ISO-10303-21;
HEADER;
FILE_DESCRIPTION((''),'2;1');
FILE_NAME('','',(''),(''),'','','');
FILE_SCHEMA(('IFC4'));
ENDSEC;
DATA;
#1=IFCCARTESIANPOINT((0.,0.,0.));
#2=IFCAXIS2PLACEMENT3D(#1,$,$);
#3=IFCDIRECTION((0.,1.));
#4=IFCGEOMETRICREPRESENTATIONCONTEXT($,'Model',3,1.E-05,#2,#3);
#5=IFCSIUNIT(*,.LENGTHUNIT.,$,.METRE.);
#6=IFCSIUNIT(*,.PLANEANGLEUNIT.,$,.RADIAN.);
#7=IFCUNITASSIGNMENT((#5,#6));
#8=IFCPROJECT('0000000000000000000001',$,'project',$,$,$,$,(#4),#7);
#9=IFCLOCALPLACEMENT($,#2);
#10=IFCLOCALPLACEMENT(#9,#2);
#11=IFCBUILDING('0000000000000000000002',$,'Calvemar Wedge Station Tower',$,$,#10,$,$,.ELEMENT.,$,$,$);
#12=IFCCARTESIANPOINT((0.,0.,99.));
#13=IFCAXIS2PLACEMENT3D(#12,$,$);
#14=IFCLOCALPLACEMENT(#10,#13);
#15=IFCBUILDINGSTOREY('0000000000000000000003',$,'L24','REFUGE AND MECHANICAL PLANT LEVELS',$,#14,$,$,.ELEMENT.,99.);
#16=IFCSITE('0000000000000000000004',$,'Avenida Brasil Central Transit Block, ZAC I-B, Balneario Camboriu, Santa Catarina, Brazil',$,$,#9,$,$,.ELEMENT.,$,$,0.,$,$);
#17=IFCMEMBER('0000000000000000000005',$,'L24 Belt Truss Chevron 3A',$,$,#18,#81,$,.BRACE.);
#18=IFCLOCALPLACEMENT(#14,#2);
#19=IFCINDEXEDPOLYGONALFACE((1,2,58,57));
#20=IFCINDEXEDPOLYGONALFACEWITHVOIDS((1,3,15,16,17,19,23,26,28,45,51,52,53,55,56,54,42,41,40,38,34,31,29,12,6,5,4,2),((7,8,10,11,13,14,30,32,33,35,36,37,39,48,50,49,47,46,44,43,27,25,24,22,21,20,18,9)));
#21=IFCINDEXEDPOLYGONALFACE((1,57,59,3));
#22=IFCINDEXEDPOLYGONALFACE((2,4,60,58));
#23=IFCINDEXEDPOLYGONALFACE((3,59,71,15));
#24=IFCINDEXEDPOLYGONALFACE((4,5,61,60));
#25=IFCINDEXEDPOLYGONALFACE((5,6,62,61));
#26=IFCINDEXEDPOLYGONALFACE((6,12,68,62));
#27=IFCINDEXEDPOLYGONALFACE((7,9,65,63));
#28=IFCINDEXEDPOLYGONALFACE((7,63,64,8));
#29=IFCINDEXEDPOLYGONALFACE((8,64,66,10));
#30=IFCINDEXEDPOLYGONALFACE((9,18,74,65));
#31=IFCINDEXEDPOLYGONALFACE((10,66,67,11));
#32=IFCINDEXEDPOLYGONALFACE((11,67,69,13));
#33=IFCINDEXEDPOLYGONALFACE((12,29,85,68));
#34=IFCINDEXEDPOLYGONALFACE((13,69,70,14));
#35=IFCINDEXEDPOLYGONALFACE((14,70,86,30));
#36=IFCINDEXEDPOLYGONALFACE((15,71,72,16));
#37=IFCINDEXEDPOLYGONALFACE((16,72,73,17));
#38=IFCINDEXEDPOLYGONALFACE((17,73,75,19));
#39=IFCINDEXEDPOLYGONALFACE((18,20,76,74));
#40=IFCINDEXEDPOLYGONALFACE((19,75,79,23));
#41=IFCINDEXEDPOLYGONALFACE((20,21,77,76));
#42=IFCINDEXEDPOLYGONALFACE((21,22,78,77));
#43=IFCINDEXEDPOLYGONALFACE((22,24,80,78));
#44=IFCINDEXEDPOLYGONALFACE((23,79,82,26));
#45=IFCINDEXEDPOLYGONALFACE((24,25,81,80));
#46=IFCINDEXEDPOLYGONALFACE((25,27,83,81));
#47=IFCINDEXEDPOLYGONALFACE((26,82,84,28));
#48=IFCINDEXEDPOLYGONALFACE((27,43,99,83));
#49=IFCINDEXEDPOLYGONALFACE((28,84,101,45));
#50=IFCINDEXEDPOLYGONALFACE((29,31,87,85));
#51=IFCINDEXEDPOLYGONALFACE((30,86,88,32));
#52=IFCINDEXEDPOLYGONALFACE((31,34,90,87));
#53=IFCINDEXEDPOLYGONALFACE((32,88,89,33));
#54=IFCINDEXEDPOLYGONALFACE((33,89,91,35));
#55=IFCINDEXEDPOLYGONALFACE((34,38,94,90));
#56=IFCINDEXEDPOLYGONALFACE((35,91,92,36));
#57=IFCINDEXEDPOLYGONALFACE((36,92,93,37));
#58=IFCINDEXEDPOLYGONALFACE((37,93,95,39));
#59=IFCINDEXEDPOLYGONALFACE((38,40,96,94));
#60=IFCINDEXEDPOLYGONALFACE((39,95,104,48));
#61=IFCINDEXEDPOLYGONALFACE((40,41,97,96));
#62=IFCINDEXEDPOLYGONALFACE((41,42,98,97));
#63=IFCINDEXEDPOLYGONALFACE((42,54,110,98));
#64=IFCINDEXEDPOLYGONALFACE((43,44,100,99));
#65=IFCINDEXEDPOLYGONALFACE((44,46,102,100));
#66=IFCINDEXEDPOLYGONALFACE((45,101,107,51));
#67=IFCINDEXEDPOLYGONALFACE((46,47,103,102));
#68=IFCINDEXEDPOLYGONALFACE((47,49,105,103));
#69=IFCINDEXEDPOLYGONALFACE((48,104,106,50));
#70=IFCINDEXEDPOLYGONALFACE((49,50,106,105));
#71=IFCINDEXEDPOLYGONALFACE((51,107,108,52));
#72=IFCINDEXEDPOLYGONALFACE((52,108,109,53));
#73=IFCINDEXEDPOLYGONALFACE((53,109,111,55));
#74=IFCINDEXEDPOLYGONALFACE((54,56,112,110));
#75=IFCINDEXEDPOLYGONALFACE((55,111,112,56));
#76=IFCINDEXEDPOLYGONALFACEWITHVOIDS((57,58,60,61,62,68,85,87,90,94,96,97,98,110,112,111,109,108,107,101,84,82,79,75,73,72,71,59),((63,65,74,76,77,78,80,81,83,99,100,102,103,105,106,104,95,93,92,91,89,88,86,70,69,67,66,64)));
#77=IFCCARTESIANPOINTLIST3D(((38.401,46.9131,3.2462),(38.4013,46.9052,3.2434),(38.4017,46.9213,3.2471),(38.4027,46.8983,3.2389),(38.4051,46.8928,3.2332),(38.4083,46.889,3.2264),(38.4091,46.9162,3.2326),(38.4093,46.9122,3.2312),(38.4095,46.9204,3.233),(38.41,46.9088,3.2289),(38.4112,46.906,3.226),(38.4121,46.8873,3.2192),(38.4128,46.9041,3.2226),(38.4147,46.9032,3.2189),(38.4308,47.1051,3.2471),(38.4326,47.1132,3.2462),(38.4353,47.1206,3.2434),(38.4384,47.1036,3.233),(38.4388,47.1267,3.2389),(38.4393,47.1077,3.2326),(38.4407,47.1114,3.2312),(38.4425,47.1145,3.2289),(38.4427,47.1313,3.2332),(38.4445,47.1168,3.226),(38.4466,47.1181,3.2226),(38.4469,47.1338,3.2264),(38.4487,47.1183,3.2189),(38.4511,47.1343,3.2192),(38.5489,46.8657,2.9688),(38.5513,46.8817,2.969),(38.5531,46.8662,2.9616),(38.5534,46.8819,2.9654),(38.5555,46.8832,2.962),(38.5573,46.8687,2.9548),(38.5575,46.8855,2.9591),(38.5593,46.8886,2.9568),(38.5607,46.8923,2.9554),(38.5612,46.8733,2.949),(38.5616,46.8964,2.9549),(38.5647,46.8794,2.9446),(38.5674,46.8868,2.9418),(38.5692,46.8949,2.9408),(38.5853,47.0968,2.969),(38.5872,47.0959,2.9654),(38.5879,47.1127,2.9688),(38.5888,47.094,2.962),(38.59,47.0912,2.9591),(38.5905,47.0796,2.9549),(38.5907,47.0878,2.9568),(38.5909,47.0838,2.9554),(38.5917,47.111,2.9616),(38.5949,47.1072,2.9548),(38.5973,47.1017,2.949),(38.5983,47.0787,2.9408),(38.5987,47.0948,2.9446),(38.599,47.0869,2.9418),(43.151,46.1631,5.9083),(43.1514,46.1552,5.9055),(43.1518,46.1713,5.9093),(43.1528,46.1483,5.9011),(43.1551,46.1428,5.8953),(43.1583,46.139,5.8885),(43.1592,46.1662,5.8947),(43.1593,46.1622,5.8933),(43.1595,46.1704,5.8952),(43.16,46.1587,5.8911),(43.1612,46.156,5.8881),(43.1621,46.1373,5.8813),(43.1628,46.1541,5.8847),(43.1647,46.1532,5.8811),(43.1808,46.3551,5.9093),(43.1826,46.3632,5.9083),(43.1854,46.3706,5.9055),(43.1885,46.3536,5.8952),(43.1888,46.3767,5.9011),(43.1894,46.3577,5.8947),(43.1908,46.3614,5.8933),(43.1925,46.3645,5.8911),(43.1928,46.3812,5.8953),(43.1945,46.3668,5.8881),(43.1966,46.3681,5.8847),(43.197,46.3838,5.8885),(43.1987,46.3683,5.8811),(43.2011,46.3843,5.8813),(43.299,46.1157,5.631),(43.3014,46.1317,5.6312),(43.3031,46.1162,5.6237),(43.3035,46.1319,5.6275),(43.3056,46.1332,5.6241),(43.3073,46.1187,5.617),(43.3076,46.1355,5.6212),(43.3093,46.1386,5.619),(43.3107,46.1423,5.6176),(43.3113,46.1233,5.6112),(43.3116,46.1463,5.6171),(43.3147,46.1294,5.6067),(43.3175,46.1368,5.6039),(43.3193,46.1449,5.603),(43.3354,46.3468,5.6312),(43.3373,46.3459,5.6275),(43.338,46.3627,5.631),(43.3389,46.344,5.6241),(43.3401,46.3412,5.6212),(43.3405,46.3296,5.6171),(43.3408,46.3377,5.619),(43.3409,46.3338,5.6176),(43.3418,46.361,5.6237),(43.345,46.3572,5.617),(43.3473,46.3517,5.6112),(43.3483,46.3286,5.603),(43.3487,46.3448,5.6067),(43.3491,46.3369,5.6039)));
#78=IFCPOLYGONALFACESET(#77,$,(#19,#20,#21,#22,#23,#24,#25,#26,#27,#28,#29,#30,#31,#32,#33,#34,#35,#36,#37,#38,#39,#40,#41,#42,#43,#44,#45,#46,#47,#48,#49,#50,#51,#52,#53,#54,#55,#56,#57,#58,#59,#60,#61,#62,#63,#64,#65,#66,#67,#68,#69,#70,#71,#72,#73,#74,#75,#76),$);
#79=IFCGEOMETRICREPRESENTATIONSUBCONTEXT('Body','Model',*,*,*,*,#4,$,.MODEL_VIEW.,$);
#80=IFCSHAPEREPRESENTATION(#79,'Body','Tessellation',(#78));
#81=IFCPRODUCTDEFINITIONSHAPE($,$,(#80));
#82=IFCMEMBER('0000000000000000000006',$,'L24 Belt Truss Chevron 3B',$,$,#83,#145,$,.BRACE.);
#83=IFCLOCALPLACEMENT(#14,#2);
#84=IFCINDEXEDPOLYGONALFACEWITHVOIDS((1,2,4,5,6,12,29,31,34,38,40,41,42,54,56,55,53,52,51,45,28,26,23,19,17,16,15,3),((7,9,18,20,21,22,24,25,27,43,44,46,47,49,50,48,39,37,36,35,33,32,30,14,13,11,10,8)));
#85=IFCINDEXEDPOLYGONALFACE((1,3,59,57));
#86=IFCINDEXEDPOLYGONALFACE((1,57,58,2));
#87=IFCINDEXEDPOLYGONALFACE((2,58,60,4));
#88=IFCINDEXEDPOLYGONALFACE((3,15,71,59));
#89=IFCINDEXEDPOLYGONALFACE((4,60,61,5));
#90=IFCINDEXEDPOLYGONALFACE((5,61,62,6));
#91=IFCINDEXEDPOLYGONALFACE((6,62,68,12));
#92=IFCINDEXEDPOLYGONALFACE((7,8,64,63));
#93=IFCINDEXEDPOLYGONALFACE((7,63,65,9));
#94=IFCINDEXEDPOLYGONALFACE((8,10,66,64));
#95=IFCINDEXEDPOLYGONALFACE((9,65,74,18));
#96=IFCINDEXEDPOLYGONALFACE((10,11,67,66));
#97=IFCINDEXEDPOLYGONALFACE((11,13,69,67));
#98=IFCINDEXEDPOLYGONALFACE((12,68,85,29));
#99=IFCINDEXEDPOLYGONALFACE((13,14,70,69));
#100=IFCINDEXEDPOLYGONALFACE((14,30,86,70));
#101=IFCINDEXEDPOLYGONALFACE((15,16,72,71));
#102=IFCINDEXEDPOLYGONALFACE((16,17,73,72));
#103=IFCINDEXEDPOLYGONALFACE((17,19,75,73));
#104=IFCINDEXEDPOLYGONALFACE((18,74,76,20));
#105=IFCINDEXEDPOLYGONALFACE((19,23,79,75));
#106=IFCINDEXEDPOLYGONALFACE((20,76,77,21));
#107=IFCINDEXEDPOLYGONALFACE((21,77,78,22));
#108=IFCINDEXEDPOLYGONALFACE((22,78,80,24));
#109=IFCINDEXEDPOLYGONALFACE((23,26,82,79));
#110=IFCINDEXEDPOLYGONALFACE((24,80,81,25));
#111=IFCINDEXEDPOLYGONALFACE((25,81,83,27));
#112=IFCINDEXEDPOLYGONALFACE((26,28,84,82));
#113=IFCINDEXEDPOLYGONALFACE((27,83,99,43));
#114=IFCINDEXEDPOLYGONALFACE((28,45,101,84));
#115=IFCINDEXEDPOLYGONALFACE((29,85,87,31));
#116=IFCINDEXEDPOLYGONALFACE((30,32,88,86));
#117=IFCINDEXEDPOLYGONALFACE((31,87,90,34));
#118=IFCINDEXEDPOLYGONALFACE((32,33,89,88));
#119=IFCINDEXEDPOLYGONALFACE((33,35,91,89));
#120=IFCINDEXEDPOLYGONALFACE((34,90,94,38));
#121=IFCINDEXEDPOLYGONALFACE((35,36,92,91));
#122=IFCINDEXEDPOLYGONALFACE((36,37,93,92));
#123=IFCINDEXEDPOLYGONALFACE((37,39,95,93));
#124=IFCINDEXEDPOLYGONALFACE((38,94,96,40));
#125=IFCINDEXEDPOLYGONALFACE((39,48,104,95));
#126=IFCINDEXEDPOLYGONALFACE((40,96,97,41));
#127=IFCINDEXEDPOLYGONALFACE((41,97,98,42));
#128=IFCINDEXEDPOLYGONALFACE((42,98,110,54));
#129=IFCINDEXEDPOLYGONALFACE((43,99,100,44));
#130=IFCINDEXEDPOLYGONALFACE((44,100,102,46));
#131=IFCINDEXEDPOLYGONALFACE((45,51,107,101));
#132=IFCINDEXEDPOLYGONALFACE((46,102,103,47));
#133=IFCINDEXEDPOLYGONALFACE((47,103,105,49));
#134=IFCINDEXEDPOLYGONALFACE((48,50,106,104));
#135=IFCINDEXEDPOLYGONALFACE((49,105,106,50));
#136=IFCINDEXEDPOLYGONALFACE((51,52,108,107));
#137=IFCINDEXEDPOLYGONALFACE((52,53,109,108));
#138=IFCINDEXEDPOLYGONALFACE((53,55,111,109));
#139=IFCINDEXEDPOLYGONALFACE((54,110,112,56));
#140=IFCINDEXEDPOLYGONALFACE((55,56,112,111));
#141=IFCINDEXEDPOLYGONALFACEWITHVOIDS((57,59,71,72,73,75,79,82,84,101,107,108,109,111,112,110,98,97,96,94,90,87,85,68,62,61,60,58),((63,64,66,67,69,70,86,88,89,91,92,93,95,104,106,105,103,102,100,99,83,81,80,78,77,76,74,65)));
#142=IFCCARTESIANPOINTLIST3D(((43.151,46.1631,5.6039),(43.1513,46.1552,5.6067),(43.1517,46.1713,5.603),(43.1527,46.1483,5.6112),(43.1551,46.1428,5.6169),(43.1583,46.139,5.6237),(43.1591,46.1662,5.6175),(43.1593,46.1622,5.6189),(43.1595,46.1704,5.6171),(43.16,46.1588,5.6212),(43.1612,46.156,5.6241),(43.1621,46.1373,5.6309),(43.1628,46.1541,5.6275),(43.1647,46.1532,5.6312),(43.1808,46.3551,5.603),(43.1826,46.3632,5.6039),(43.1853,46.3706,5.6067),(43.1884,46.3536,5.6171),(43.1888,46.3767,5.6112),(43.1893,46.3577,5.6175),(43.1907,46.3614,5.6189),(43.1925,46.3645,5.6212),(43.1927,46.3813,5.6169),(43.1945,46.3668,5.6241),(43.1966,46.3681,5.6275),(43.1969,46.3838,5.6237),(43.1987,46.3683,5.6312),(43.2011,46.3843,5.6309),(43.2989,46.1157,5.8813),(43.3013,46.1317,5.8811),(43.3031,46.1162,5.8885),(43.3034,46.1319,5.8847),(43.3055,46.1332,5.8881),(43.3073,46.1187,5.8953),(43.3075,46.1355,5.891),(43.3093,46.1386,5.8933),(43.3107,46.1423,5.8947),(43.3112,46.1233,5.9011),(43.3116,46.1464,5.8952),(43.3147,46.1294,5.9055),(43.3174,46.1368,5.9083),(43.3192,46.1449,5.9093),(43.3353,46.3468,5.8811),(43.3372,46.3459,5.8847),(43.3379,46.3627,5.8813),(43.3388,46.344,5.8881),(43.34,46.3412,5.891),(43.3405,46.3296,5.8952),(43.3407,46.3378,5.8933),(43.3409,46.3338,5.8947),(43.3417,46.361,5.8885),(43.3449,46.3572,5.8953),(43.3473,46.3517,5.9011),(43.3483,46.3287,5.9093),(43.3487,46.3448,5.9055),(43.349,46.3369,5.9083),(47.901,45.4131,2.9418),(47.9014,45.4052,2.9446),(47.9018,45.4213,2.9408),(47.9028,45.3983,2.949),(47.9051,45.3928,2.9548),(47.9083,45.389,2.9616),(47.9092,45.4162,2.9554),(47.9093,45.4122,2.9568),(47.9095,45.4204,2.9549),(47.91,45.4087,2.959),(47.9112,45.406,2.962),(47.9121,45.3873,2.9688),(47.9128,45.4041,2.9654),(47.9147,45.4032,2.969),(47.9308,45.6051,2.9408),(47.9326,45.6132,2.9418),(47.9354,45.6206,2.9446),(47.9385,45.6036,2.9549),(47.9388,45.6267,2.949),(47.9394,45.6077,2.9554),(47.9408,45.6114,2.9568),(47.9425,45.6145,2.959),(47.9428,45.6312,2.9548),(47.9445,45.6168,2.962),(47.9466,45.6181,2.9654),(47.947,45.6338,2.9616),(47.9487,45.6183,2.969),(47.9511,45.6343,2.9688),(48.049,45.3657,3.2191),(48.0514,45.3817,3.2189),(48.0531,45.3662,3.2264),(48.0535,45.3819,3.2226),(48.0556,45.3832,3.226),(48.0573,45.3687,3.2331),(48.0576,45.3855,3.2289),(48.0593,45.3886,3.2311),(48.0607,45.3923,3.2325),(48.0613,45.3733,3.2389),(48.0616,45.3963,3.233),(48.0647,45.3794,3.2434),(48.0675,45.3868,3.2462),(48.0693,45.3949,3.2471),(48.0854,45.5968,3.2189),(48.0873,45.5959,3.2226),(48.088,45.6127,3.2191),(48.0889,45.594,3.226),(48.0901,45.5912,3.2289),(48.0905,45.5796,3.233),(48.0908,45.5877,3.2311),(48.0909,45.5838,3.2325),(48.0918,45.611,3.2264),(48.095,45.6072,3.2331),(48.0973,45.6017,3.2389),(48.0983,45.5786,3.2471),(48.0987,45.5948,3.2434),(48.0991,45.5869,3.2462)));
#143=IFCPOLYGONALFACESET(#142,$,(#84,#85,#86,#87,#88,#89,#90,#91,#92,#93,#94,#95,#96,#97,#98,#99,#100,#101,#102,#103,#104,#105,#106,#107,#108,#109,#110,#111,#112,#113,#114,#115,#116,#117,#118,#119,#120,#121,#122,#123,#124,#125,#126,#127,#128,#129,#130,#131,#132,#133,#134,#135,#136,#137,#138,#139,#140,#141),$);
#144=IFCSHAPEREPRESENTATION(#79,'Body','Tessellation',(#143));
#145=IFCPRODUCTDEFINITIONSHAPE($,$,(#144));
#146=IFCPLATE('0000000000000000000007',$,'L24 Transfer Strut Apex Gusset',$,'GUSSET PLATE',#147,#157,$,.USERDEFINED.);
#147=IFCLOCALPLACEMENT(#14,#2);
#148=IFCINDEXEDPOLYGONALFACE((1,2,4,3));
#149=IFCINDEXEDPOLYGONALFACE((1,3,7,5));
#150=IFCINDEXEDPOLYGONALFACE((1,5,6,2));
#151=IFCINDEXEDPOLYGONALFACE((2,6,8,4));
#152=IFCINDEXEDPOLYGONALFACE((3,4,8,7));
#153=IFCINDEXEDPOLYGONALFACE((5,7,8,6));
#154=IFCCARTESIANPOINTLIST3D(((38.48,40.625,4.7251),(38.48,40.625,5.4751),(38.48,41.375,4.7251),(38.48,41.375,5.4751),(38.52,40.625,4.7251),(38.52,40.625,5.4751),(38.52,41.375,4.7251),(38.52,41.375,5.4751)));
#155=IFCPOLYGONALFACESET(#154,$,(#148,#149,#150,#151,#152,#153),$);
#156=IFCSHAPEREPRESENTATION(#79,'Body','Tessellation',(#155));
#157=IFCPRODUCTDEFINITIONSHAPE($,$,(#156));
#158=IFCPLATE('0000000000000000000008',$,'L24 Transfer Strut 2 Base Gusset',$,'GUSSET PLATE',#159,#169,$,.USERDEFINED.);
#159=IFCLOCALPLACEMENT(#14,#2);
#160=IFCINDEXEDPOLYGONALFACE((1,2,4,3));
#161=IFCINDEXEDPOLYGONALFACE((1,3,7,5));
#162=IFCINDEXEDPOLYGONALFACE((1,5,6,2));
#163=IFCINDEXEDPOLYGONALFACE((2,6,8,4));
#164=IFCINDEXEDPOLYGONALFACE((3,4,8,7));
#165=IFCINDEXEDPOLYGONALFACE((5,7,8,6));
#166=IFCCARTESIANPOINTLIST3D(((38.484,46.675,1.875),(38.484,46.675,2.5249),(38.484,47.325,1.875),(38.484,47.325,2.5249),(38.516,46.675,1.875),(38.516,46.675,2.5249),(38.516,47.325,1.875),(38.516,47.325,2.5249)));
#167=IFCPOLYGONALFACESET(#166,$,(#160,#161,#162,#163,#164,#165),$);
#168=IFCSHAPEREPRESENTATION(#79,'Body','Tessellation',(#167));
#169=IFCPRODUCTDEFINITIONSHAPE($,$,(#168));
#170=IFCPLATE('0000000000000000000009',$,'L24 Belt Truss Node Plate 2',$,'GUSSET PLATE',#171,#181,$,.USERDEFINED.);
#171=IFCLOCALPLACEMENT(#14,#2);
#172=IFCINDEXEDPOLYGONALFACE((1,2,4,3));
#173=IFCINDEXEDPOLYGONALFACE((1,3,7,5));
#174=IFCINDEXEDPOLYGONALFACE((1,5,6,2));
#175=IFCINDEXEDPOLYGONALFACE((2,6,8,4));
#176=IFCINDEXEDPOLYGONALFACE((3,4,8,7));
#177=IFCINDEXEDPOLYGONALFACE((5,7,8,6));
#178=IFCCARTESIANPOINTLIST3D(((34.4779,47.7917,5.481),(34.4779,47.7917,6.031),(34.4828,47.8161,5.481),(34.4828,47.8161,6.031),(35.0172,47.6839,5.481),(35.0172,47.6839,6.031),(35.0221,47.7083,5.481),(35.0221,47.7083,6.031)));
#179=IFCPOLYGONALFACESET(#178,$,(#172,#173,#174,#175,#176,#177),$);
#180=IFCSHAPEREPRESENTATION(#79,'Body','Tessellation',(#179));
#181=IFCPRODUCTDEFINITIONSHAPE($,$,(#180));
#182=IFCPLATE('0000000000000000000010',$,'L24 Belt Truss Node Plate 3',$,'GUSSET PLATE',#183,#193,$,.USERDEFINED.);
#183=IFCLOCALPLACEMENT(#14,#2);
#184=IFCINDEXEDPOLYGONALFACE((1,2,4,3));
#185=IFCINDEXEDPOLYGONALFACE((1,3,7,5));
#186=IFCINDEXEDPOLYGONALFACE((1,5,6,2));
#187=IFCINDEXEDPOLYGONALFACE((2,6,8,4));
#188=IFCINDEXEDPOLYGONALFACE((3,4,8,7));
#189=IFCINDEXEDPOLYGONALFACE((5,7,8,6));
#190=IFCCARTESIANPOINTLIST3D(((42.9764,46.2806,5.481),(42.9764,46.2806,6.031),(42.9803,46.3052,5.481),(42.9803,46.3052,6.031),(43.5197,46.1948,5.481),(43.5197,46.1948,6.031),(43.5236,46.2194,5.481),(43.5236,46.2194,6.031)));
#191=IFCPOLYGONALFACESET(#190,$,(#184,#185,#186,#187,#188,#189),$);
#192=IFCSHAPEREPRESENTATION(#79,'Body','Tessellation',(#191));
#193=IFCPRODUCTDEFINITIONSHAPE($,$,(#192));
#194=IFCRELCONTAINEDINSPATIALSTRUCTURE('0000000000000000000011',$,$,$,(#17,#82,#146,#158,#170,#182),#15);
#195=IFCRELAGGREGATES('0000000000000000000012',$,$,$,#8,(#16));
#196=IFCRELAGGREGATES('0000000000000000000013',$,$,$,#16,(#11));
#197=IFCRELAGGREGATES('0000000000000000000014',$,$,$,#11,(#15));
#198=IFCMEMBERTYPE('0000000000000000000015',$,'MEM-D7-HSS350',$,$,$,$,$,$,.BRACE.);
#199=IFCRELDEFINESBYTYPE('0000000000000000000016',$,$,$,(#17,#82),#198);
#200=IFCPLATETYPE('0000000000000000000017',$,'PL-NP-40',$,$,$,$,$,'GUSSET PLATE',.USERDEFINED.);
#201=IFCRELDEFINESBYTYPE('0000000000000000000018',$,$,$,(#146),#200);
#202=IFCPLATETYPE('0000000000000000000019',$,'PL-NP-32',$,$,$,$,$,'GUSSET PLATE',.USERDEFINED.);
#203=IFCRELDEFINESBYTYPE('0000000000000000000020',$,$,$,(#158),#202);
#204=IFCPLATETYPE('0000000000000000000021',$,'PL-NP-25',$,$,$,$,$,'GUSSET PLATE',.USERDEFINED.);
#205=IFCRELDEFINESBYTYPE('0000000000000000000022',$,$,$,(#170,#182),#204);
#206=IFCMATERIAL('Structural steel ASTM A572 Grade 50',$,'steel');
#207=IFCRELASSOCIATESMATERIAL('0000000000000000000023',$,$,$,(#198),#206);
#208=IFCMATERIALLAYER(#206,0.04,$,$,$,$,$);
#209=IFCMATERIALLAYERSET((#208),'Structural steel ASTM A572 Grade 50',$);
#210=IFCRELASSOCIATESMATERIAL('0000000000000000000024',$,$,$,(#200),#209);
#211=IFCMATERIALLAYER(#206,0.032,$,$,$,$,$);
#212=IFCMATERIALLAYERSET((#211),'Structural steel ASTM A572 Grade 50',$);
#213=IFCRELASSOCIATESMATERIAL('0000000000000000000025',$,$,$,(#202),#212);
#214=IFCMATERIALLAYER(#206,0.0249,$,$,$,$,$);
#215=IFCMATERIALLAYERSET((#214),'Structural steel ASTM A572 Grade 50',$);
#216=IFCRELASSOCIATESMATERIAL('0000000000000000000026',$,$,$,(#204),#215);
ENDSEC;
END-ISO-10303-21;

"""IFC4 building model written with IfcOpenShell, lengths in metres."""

from ifc_helpers import new_model, si_unit, direction, frame, origin, origin_2d, place, context, subcontext, project, spatial, rectangle, hollow_rectangle, extrude, source, transform, mapped, material, layer, layer_set, material_profile, profile_set, type_object, element, save


model = new_model("IFC4")

# Units and contexts
model_context = context("Model", 3, precision=1e-05, world=origin(), true_north=direction((0.0, 1.0)))
body_context = subcontext(model_context, "Body", "Model", "MODEL_VIEW")
ifc_project = project(units=[si_unit("LENGTHUNIT", "METRE"), si_unit("PLANEANGLEUNIT", "RADIAN")], contexts=[model_context])

# Site, building, storey
site_placement = place(None, origin())
site = spatial("IfcSite", under=ifc_project, at=site_placement, Name="Avenida Brasil Central Transit Block, ZAC I-B, Balneario Camboriu, Santa Catarina, Brazil", CompositionType="ELEMENT", RefElevation=0.0)
building_placement = place(site_placement, origin())
building = spatial("IfcBuilding", under=site, at=building_placement, Name="Calvemar Wedge Station Tower", CompositionType="ELEMENT")
storey_placement = place(building_placement, frame((0.0, 0.0, 99.0)))
storey = spatial("IfcBuildingStorey", under=building, at=storey_placement, Name="L24", Description="REFUGE AND MECHANICAL PLANT LEVELS", CompositionType="ELEMENT", Elevation=99.0)

# Shared definitions
ifc_material_1 = material(Name="Structural steel ASTM A572 Grade 50", Category="steel")

# Members
ifc_material_profile_1 = material_profile(ifc_material_1, hollow_rectangle(XDim=0.25, YDim=0.3501, WallThickness=0.0161, InnerFilletRadius=0.0161, OuterFilletRadius=0.032, at=origin_2d()), Name="HSS350x250x16")
ifc_profile_set_1 = profile_set([ifc_material_profile_1], Name="Structural steel ASTM A572 Grade 50")
member_type_1 = type_object("IfcMemberType", Name="MEM-D7-HSS350", PredefinedType="BRACE", material=ifc_profile_set_1)
shared_shape_1 = source(origin(), body_context, "Body", "SweptSolid", [
    extrude(hollow_rectangle(XDim=0.25, YDim=0.3501, WallThickness=0.0161, InnerFilletRadius=0.0161, OuterFilletRadius=0.032, at=origin_2d()), origin(), (0.0, 0.0, 1.0), 5.4966),
])
for number, where, z_axis, x_axis, name in (
    (1, (38.5, 47.0, 3.094), (0.864182, -0.13645, 0.484326), (0.155963, 0.987763, 0.0), "L24 Belt Truss Chevron 3A"),
    (2, (43.25, 46.25, 5.7561), (0.864182, -0.13645, -0.484326), (0.155963, 0.987763, 0.0), "L24 Belt Truss Chevron 3B"),
):
    element("IfcMember", number, at=place(storey_placement, frame(where, z_axis=z_axis, x_axis=x_axis)), inside=storey, type_object=member_type_1, Name=name, PredefinedType="BRACE", context=body_context, shape_type="MappedRepresentation", body=[
        mapped(shared_shape_1, transform((0.0, 0.0, 0.0), scale=1.0)),
    ])

# Plates
ifc_layer_1 = layer(ifc_material_1, 0.04)
ifc_layer_set_1 = layer_set([ifc_layer_1], Name="Structural steel ASTM A572 Grade 50")
plate_type_1 = type_object("IfcPlateType", Name="PL-NP-40", ElementType="GUSSET PLATE", PredefinedType="USERDEFINED", material=ifc_layer_set_1)
shared_shape_2 = source(origin(), body_context, "Body", "SweptSolid", [
    extrude(rectangle(XDim=0.75, YDim=0.04, at=origin_2d()), origin(), (0.0, 0.0, 1.0), 0.75),
])
plate_1_placement = place(storey_placement, frame((38.5, 41.0, 4.7251), z_axis=(0.0, 0.0, 1.0), x_axis=(0.0, 1.0, 0.0)))
element("IfcPlate", 3, at=plate_1_placement, inside=storey, type_object=plate_type_1, Name="L24 Transfer Strut Apex Gusset", ObjectType="GUSSET PLATE", PredefinedType="USERDEFINED", context=body_context, shape_type="MappedRepresentation", body=[
    mapped(shared_shape_2, transform((0.0, 0.0, 0.0), scale=1.0)),
])
ifc_layer_2 = layer(ifc_material_1, 0.032)
ifc_layer_set_2 = layer_set([ifc_layer_2], Name="Structural steel ASTM A572 Grade 50")
plate_type_2 = type_object("IfcPlateType", Name="PL-NP-32", ElementType="GUSSET PLATE", PredefinedType="USERDEFINED", material=ifc_layer_set_2)
shared_shape_3 = source(origin(), body_context, "Body", "SweptSolid", [
    extrude(rectangle(XDim=0.6499, YDim=0.032, at=origin_2d()), origin(), (0.0, 0.0, 1.0), 0.6499),
])
plate_2_placement = place(storey_placement, frame((38.5, 47.0, 1.875), z_axis=(0.0, 0.0, 1.0), x_axis=(0.0, 1.0, 0.0)))
element("IfcPlate", 4, at=plate_2_placement, inside=storey, type_object=plate_type_2, Name="L24 Transfer Strut 2 Base Gusset", ObjectType="GUSSET PLATE", PredefinedType="USERDEFINED", context=body_context, shape_type="MappedRepresentation", body=[
    mapped(shared_shape_3, transform((0.0, 0.0, 0.0), scale=1.0)),
])
ifc_layer_3 = layer(ifc_material_1, 0.0249)
ifc_layer_set_3 = layer_set([ifc_layer_3], Name="Structural steel ASTM A572 Grade 50")
plate_type_3 = type_object("IfcPlateType", Name="PL-NP-25", ElementType="GUSSET PLATE", PredefinedType="USERDEFINED", material=ifc_layer_set_3)
shared_shape_4 = source(origin(), body_context, "Body", "SweptSolid", [
    extrude(rectangle(XDim=0.55, YDim=0.0249, at=origin_2d()), origin(), (0.0, 0.0, 1.0), 0.55),
])
for number, where, z_axis, x_axis, name in (
    (5, (34.75, 47.75, 5.481), (0.0, 0.0, 1.0), (0.98058, -0.196117, 0.0), "L24 Belt Truss Node Plate 2"),
    (6, (43.25, 46.25, 5.481), (0.0, 0.0, 1.0), (0.98777, -0.155917, 0.0), "L24 Belt Truss Node Plate 3"),
):
    element("IfcPlate", number, at=place(storey_placement, frame(where, z_axis=z_axis, x_axis=x_axis)), inside=storey, type_object=plate_type_3, Name=name, ObjectType="GUSSET PLATE", PredefinedType="USERDEFINED", context=body_context, shape_type="MappedRepresentation", body=[
        mapped(shared_shape_4, transform((0.0, 0.0, 0.0), scale=1.0)),
    ])

save(model, "model.ifc")
